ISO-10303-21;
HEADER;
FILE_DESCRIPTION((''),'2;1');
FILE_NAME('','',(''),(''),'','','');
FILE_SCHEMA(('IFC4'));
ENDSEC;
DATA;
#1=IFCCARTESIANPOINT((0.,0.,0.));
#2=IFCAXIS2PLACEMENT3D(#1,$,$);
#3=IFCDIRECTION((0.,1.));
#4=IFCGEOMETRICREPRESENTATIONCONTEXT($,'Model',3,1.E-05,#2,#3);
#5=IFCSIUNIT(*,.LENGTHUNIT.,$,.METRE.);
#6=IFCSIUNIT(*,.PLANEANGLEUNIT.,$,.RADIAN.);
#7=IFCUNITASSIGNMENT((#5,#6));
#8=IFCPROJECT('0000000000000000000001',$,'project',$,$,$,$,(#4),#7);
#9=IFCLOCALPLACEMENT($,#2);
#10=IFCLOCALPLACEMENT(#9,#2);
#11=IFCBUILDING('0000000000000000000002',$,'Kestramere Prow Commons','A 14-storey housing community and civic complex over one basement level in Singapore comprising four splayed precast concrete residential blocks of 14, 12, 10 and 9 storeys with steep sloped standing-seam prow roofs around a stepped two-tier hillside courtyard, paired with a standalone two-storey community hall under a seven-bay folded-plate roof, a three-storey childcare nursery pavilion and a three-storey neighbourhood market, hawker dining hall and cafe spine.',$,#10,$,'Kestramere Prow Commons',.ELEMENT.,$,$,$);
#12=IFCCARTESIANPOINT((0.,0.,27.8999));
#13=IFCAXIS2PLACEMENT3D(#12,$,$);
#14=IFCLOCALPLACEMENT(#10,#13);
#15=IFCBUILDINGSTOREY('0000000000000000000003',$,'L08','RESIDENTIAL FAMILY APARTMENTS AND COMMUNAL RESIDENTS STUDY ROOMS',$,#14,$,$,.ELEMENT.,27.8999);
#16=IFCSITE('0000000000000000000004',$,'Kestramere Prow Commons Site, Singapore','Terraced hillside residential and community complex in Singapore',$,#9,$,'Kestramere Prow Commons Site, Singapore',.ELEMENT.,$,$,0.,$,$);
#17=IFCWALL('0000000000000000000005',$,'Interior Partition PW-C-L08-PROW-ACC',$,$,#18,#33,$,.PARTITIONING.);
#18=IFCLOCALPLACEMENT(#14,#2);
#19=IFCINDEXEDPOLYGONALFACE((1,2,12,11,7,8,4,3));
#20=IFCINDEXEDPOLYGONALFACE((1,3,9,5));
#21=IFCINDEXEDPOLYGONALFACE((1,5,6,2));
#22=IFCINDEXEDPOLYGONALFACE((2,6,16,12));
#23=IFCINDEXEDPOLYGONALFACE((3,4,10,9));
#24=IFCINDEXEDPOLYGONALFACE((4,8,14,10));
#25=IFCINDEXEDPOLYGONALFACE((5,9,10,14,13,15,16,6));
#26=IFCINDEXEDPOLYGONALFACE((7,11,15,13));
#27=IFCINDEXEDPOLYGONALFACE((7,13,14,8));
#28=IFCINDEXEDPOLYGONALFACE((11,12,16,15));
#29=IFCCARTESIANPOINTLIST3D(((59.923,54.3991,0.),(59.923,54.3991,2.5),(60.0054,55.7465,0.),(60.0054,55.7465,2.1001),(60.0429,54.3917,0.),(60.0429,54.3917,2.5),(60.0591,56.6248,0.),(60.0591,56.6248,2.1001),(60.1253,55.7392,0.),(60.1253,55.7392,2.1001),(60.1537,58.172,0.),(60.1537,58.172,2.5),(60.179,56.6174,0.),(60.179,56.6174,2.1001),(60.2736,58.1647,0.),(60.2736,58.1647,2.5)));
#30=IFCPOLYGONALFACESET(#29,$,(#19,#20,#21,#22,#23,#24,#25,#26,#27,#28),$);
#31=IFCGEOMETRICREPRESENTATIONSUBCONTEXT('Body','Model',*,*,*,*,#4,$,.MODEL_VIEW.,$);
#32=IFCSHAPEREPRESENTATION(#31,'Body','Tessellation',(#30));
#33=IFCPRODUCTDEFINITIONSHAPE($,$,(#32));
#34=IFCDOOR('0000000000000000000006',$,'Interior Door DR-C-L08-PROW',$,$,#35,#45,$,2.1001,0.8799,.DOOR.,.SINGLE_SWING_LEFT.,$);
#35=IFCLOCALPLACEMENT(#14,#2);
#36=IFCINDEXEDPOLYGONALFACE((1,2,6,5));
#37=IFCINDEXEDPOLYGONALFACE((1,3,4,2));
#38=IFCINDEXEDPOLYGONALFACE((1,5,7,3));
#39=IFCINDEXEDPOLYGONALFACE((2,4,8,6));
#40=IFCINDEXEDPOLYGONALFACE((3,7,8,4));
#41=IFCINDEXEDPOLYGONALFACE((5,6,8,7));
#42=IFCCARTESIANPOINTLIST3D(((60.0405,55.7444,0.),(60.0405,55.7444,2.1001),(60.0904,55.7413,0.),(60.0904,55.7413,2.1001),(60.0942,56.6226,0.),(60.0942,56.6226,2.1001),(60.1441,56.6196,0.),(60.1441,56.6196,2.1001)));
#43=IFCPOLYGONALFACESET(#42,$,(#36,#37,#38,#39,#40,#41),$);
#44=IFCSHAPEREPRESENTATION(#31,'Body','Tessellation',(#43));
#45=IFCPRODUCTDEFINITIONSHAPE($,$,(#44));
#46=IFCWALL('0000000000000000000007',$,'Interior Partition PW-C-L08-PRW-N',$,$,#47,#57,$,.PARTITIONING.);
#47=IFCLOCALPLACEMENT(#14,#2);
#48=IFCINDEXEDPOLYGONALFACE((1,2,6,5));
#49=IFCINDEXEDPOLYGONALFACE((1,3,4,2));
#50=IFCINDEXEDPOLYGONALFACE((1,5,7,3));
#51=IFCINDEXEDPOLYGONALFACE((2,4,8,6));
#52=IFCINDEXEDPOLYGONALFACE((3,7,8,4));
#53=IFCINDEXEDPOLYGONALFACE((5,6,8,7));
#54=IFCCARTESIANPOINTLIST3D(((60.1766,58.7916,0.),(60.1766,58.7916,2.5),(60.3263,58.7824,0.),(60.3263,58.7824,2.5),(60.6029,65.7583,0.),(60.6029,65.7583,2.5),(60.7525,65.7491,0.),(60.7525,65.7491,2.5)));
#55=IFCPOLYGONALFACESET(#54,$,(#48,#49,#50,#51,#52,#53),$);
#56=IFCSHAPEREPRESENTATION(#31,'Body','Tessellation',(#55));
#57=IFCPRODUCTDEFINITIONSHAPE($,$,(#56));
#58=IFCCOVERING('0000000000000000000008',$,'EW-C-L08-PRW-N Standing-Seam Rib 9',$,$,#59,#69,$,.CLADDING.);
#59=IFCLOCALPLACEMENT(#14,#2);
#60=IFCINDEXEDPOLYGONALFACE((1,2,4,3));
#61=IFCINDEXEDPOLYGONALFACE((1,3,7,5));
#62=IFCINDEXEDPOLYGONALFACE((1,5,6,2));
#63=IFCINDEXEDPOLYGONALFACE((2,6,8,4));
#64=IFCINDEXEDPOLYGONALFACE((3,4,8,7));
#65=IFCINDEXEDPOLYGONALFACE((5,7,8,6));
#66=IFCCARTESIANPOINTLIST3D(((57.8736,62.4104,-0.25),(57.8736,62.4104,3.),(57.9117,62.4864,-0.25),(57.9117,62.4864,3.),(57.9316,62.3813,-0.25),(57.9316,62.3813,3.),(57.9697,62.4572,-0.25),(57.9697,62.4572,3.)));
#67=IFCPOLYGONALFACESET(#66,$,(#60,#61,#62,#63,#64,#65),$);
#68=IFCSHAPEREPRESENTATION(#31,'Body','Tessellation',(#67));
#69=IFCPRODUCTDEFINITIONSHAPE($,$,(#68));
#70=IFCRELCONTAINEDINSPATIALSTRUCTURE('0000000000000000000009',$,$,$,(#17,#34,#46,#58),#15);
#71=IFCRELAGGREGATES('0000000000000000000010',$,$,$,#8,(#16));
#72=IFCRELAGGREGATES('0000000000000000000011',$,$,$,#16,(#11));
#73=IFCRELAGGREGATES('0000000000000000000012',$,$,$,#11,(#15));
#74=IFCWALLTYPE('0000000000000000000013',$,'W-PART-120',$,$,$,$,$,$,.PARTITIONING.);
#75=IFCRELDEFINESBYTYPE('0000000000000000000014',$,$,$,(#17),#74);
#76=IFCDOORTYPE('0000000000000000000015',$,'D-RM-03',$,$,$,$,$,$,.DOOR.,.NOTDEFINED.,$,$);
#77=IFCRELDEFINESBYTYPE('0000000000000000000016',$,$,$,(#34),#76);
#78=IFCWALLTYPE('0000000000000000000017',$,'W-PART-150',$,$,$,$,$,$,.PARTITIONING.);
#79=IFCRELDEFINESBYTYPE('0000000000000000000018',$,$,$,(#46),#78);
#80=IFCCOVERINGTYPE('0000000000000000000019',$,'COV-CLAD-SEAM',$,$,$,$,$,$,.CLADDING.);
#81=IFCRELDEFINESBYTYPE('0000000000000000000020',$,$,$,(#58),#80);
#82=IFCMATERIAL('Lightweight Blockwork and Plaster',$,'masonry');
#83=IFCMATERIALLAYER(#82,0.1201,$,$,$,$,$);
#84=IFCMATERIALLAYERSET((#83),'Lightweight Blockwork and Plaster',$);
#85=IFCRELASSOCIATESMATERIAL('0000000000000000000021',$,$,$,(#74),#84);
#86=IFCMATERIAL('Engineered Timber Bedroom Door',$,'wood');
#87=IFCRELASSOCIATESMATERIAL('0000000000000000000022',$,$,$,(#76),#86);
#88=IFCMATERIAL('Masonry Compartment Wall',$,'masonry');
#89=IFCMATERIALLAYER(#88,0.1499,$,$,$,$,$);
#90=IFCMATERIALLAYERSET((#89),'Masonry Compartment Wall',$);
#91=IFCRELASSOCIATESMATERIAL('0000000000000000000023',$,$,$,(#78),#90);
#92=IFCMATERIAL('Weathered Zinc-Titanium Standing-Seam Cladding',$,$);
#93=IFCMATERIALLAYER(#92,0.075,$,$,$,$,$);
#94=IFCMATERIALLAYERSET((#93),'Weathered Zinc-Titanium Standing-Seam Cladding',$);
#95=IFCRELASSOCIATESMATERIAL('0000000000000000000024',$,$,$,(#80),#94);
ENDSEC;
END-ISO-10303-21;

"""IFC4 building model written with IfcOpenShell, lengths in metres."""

from ifc_helpers import new_model, si_unit, direction, frame, frame_2d, origin, origin_2d, place, context, subcontext, project, spatial, rectangle, extrude, material, layer, layer_set, type_object, element, fill, save


model = new_model("IFC4")

# Units and contexts
model_context = context("Model", 3, precision=1e-05, world=origin(), true_north=direction((0.0, 1.0)))
body_context = subcontext(model_context, "Body", "Model", "MODEL_VIEW")
ifc_project = project(units=[si_unit("LENGTHUNIT", "METRE"), si_unit("PLANEANGLEUNIT", "RADIAN")], contexts=[model_context])

# Site, building, storey
site_placement = place(None, origin())
site = spatial("IfcSite", under=ifc_project, at=site_placement, Name="Kestramere Prow Commons Site, Singapore", Description="Terraced hillside residential and community complex in Singapore", LongName="Kestramere Prow Commons Site, Singapore", CompositionType="ELEMENT", RefElevation=0.0)
building_placement = place(site_placement, origin())
building = spatial("IfcBuilding", under=site, at=building_placement, Name="Kestramere Prow Commons", Description="A 14-storey housing community and civic complex over one basement level in Singapore comprising four splayed precast concrete residential blocks of 14, 12, 10 and 9 storeys with steep sloped standing-seam prow roofs around a stepped two-tier hillside courtyard, paired with a standalone two-storey community hall under a seven-bay folded-plate roof, a three-storey childcare nursery pavilion and a three-storey neighbourhood market, hawker dining hall and cafe spine.", LongName="Kestramere Prow Commons", CompositionType="ELEMENT")
storey_placement = place(building_placement, frame((0.0, 0.0, 27.8999)))
storey = spatial("IfcBuildingStorey", under=building, at=storey_placement, Name="L08", Description="RESIDENTIAL FAMILY APARTMENTS AND COMMUNAL RESIDENTS STUDY ROOMS", CompositionType="ELEMENT", Elevation=27.8999)

# Wall, opening, door
ifc_material_1 = material(Name="Lightweight Blockwork and Plaster", Category="masonry")
ifc_layer_1 = layer(ifc_material_1, 0.1201)
ifc_layer_set_1 = layer_set([ifc_layer_1], Name="Lightweight Blockwork and Plaster")
wall_type_1 = type_object("IfcWallType", Name="W-PART-120", PredefinedType="PARTITIONING", material=ifc_layer_set_1)
wall_1_placement = place(storey_placement, frame((59.9829, 54.3953, 0.0), z_axis=(0.0, 0.0, 1.0), x_axis=(0.061035, 0.998136, 0.0)))
wall_1 = element("IfcWall", 1, at=wall_1_placement, inside=storey, type_object=wall_type_1, Name="Interior Partition PW-C-L08-PROW-ACC", PredefinedType="PARTITIONING", context=body_context, shape_type="SweptSolid", body=[
    extrude(rectangle(XDim=3.78, YDim=0.1201, at=frame_2d((1.8901, 0.0))), origin(), (0.0, 0.0, 1.0), 2.5),
])
opening_1_placement = place(wall_1_placement, frame((1.3501, 0.0, 0.0)))
opening_1 = element("IfcOpeningElement", 2, at=opening_1_placement, cuts=wall_1, PredefinedType="OPENING", context=body_context, shape_type="SweptSolid", body=[
    extrude(rectangle(XDim=0.8799, YDim=2.1001, at=frame_2d((0.4399, 1.05))), frame((0.0, 0.075, 0.0), z_axis=(0.0, -1.0, 0.0), x_axis=(1.0, 0.0, 0.0)), (0.0, 0.0, 1.0), 0.1501),
])
ifc_material_2 = material(Name="Engineered Timber Bedroom Door", Category="wood")
door_type_1 = type_object("IfcDoorType", Name="D-RM-03", OperationType="NOTDEFINED", PredefinedType="DOOR", material=ifc_material_2)
door_1_placement = place(opening_1_placement, origin())
door_1 = element("IfcDoor", 3, at=door_1_placement, inside=storey, type_object=door_type_1, Name="Interior Door DR-C-L08-PROW", OperationType="SINGLE_SWING_LEFT", OverallHeight=2.1001, OverallWidth=0.8799, PredefinedType="DOOR", context=body_context, shape_type="SweptSolid", body=[
    extrude(rectangle(XDim=0.8799, YDim=2.1001, at=frame_2d((0.4399, 1.05))), frame((0.0, 0.0249, 0.0), z_axis=(0.0, -1.0, 0.0), x_axis=(1.0, 0.0, 0.0)), (0.0, 0.0, 1.0), 0.05),
])
fill(opening_1, door_1)

# Wall
ifc_material_3 = material(Name="Masonry Compartment Wall", Category="masonry")
ifc_layer_2 = layer(ifc_material_3, 0.1499)
ifc_layer_set_2 = layer_set([ifc_layer_2], Name="Masonry Compartment Wall")
wall_type_2 = type_object("IfcWallType", Name="W-PART-150", PredefinedType="PARTITIONING", material=ifc_layer_set_2)
wall_2_placement = place(storey_placement, frame((60.2515, 58.7871, 0.0), z_axis=(0.0, 0.0, 1.0), x_axis=(0.061072, 0.998133, 0.0)))
element("IfcWall", 4, at=wall_2_placement, inside=storey, type_object=wall_type_2, Name="Interior Partition PW-C-L08-PRW-N", PredefinedType="PARTITIONING", context=body_context, shape_type="SweptSolid", body=[
    extrude(rectangle(XDim=6.9797, YDim=0.1499, at=frame_2d((3.4897, 0.0))), origin(), (0.0, 0.0, 1.0), 2.5),
])

# Covering
ifc_material_4 = material(Name="Weathered Zinc-Titanium Standing-Seam Cladding")
ifc_layer_3 = layer(ifc_material_4, 0.075)
ifc_layer_set_3 = layer_set([ifc_layer_3], Name="Weathered Zinc-Titanium Standing-Seam Cladding")
covering_type = type_object("IfcCoveringType", Name="COV-CLAD-SEAM", PredefinedType="CLADDING", material=ifc_layer_set_3)
covering_placement = place(storey_placement, frame((57.9216, 62.4338, -0.25), z_axis=(0.0, 0.0, 1.0), x_axis=(0.44862, 0.893722, 0.0)))
element("IfcCovering", 5, at=covering_placement, inside=storey, type_object=covering_type, Name="EW-C-L08-PRW-N Standing-Seam Rib 9", PredefinedType="CLADDING", context=body_context, shape_type="SweptSolid", body=[
    extrude(rectangle(XDim=0.085, YDim=0.0649, at=origin_2d()), origin(), (0.0, 0.0, 1.0), 3.25),
])

save(model, "model.ifc")
